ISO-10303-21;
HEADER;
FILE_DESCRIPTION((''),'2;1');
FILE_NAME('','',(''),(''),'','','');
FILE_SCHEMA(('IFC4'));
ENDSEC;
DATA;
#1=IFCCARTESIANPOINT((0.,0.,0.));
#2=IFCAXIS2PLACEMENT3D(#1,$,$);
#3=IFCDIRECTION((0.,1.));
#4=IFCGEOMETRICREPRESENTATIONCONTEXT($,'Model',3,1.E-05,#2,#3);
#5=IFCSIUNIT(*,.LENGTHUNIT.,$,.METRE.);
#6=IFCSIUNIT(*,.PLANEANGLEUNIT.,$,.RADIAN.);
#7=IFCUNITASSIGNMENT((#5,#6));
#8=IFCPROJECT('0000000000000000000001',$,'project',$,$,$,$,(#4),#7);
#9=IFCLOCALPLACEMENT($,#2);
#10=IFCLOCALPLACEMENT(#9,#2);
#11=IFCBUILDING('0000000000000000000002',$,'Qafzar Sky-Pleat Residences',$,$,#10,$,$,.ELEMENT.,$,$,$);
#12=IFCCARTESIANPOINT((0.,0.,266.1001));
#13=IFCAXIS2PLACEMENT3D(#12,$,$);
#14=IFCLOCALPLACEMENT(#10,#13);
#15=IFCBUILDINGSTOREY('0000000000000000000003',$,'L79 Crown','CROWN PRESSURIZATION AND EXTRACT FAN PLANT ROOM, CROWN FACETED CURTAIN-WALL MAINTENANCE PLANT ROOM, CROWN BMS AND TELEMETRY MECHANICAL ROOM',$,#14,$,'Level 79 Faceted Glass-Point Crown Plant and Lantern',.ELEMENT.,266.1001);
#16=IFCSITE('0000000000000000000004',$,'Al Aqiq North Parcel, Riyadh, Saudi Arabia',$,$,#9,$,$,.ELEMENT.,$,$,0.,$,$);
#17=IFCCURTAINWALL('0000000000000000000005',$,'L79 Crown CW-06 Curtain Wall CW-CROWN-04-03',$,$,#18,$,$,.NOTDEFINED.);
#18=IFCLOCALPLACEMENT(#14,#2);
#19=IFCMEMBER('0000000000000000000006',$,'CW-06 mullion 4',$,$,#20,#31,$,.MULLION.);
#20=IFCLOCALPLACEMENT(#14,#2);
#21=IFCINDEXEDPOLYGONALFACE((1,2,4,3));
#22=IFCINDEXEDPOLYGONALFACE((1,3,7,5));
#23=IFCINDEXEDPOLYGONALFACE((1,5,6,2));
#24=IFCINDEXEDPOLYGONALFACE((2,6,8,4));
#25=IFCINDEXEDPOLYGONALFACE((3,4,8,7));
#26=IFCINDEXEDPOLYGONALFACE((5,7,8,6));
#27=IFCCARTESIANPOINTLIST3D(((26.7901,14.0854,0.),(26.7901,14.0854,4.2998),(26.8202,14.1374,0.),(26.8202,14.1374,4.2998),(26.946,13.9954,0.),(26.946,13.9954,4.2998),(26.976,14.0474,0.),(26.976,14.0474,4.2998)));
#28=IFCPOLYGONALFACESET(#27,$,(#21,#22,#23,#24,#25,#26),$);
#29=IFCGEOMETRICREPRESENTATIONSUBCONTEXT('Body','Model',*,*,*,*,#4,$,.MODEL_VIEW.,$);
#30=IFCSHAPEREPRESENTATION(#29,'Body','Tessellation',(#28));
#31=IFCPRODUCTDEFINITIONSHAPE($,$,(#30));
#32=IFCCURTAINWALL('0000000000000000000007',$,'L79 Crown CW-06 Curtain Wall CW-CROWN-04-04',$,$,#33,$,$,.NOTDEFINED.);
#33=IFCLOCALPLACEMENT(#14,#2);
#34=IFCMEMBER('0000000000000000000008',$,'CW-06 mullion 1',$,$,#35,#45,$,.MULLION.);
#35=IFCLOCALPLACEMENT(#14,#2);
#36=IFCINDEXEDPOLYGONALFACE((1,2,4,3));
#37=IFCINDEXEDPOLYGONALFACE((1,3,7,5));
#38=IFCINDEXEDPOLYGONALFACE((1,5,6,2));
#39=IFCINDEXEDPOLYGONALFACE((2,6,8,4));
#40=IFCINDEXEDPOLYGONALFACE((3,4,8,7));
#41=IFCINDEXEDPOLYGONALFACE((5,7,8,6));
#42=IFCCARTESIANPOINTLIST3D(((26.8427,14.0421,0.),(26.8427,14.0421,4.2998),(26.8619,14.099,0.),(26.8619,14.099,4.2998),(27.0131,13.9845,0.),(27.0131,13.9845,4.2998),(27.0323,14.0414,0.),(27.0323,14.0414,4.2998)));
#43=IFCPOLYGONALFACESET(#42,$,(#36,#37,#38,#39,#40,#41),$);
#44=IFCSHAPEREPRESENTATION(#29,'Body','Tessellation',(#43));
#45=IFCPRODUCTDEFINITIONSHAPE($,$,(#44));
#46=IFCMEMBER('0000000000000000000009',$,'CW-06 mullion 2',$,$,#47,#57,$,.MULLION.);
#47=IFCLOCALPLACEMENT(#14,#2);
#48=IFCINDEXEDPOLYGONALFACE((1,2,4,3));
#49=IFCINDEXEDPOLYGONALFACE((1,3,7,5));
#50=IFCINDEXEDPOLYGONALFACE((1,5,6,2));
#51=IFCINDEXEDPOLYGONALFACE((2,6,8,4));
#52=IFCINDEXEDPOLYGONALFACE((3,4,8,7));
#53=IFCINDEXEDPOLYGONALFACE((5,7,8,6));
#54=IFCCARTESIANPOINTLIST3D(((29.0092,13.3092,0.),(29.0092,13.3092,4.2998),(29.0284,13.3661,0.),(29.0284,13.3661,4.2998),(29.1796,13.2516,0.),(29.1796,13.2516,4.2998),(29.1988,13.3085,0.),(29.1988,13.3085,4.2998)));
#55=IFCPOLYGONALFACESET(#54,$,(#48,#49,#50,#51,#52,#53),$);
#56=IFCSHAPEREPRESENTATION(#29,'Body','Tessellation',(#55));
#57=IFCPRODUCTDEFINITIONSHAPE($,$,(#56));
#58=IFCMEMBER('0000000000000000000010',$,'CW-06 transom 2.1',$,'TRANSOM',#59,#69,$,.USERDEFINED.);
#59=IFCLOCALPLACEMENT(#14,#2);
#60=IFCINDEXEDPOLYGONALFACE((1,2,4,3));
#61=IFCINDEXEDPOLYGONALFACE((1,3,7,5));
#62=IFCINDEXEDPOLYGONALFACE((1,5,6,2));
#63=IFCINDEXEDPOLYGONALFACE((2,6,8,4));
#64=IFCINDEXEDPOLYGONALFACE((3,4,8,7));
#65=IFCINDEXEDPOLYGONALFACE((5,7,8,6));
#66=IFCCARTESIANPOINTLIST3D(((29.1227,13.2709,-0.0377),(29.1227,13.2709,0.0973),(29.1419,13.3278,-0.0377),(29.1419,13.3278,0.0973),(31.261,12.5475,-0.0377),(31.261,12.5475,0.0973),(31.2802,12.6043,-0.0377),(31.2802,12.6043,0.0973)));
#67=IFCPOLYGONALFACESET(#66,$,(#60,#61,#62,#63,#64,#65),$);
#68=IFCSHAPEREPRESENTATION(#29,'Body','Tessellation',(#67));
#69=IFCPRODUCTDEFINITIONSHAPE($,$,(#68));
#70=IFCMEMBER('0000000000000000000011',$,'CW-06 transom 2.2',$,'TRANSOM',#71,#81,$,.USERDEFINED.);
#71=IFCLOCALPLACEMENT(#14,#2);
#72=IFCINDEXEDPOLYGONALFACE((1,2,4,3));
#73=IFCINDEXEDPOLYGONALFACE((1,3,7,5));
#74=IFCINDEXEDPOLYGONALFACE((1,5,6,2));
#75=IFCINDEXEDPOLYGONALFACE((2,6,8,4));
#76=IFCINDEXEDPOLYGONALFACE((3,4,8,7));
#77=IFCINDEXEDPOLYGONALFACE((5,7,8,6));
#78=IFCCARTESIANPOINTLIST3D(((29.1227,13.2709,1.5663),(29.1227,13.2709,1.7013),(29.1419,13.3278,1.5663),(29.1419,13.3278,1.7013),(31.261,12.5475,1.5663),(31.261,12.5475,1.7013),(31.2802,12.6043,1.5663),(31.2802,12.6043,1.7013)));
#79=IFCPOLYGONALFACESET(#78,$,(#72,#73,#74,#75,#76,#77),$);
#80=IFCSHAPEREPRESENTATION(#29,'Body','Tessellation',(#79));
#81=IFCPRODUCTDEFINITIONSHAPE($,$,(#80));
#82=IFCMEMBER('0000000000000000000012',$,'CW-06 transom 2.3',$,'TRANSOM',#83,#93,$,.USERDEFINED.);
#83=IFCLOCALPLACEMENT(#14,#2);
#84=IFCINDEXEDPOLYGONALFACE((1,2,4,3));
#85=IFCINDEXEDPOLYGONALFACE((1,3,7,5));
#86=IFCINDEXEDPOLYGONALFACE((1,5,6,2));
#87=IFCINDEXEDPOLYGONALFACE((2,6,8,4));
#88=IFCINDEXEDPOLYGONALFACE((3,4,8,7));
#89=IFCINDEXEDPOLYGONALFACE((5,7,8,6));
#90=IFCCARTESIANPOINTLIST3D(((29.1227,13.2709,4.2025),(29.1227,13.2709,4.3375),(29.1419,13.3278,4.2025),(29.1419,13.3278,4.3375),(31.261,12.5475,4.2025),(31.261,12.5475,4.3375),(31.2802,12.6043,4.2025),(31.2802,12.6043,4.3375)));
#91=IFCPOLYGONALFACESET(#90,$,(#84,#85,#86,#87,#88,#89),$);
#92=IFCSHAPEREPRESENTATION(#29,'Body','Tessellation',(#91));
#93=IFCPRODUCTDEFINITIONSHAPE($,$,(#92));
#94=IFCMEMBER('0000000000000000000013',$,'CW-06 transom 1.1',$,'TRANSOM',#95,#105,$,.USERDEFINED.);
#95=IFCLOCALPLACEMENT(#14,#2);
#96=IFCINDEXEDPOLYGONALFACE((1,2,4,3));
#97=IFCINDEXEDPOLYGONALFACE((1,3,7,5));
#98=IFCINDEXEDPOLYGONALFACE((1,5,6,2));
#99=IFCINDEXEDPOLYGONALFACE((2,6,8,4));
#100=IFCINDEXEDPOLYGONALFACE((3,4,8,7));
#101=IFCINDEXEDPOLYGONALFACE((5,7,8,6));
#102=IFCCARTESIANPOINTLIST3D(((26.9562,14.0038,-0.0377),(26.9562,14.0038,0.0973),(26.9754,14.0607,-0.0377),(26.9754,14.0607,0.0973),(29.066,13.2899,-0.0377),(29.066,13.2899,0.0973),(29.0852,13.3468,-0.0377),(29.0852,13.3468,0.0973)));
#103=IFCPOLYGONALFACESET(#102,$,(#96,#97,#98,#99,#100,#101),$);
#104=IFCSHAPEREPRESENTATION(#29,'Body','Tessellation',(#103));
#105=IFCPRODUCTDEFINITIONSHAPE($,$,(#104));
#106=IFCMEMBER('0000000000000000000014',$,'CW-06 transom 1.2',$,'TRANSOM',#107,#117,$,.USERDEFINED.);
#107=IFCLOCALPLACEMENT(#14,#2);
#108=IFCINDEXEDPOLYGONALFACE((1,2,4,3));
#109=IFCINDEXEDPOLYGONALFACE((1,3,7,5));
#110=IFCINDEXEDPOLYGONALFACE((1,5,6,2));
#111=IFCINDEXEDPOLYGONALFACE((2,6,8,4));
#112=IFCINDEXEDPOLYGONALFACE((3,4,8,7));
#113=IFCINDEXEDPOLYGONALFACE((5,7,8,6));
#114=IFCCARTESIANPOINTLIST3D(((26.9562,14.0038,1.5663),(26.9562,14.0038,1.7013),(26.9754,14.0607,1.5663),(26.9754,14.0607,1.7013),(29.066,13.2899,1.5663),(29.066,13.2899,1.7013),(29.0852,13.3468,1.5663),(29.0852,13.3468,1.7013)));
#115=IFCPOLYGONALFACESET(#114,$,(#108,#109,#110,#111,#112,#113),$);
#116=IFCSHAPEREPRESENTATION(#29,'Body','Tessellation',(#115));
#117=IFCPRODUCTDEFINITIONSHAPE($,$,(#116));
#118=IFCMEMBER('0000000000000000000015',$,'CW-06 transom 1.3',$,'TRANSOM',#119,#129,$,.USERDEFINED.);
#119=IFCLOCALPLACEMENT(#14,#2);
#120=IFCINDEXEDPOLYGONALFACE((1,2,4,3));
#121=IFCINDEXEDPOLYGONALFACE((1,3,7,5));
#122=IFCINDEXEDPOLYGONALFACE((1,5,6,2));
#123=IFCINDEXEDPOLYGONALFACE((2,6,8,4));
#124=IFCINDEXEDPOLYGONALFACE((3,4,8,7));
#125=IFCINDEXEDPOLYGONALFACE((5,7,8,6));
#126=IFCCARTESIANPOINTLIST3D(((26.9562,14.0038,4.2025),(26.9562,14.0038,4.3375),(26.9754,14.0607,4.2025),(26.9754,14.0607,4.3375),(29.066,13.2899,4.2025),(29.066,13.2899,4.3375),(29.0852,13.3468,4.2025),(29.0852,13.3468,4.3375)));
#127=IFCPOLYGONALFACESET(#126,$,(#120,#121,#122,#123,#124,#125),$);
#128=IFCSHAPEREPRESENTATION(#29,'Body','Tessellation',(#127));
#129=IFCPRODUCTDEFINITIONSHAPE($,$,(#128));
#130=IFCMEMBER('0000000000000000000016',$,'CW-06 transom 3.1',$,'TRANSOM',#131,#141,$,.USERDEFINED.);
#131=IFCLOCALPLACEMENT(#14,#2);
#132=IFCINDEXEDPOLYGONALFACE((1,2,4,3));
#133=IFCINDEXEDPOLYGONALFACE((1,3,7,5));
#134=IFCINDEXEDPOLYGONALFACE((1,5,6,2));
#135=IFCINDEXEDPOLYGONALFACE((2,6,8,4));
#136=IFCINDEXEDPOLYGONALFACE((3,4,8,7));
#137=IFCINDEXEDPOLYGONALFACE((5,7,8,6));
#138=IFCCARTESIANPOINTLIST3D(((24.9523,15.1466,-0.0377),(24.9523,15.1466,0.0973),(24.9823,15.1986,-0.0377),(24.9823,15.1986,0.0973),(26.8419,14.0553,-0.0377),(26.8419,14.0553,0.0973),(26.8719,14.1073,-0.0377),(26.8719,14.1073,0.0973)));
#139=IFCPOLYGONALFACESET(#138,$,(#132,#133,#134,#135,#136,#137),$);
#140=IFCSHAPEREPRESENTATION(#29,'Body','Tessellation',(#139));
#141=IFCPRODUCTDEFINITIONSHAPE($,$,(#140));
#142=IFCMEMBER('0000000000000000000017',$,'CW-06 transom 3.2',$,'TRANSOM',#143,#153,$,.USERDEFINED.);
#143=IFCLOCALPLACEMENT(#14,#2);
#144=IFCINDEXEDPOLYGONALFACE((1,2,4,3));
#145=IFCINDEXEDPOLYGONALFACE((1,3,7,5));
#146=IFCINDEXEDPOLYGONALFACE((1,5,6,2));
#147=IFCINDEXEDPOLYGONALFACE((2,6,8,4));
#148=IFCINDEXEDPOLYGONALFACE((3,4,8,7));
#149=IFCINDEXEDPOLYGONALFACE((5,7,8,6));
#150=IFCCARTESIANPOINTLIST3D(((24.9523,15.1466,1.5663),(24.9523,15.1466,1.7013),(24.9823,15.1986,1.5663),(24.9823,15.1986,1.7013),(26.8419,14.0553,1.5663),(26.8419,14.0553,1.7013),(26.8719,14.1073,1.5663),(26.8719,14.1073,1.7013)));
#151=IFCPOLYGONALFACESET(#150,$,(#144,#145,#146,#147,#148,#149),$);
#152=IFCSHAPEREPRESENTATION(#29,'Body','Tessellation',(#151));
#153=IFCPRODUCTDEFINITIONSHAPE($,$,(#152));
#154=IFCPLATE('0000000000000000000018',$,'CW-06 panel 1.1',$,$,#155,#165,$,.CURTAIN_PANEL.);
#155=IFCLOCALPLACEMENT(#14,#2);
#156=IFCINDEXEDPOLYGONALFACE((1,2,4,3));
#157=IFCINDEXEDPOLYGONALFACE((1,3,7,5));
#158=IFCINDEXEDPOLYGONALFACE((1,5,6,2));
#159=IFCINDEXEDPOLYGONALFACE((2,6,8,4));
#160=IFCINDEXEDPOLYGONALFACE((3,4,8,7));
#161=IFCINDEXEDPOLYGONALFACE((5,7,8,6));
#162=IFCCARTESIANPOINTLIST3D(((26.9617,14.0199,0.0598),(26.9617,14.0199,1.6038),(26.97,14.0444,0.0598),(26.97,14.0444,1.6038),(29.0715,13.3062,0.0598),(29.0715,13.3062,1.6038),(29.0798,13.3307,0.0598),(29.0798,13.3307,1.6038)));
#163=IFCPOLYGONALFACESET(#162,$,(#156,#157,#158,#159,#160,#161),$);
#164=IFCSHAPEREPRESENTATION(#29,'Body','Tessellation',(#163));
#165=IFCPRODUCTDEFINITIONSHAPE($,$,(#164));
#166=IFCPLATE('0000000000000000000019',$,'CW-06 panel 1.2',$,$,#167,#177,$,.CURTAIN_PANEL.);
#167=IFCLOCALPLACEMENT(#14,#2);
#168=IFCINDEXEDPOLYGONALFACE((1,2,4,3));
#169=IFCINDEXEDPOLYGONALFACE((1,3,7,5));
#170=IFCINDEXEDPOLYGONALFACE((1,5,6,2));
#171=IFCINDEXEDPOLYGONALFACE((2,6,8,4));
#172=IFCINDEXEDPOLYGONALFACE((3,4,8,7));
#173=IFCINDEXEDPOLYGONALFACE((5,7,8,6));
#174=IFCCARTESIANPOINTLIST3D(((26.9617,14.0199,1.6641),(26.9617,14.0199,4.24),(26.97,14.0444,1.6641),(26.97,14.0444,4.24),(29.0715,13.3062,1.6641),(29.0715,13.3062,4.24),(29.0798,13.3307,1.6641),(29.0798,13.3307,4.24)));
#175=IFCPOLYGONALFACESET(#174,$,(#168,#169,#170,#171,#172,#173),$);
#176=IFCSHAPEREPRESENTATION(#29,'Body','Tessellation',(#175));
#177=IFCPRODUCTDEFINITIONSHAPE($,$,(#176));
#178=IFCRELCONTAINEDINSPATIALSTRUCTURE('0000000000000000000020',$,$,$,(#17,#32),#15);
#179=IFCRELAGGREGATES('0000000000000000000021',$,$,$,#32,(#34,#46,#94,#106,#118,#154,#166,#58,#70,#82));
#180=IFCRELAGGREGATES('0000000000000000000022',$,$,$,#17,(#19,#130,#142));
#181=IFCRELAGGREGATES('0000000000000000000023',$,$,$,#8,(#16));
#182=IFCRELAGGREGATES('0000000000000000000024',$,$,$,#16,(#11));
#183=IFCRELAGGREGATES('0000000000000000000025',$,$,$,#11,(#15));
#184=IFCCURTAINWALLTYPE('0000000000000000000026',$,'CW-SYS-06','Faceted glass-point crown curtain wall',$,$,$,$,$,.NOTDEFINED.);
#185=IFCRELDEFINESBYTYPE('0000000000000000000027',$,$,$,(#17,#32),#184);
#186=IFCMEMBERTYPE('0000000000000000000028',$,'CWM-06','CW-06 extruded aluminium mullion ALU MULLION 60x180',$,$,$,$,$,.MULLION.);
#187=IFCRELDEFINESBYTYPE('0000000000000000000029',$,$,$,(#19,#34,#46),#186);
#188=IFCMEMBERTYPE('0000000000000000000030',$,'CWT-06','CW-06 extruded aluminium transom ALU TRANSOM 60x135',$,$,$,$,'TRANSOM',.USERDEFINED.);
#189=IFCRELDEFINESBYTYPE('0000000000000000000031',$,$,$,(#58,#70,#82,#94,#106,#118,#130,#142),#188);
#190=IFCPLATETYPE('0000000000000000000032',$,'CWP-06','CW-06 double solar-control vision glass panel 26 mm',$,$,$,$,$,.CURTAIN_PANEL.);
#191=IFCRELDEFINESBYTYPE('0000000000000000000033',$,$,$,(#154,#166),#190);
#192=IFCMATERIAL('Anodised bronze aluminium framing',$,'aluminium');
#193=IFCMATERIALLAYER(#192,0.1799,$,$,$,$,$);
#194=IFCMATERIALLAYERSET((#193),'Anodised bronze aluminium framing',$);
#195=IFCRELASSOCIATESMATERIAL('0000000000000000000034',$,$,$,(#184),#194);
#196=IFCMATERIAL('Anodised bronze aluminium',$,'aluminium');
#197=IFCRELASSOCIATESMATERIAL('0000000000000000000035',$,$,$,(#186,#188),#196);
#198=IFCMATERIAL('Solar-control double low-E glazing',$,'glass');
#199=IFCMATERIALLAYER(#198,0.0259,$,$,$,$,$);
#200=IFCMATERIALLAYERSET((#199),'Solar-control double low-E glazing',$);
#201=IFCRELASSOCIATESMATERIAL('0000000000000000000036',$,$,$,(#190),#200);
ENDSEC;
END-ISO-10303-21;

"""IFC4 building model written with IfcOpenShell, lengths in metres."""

from ifc_helpers import new_model, si_unit, direction, frame, origin, origin_2d, place, context, subcontext, project, spatial, rectangle, extrude, source, transform, mapped, material, layer, layer_set, material_profile, profile_set, type_object, element, aggregate, save


model = new_model("IFC4")

# Units and contexts
model_context = context("Model", 3, precision=1e-05, world=origin(), true_north=direction((0.0, 1.0)))
body_context = subcontext(model_context, "Body", "Model", "MODEL_VIEW")
ifc_project = project(units=[si_unit("LENGTHUNIT", "METRE"), si_unit("PLANEANGLEUNIT", "RADIAN")], contexts=[model_context])

# Site, building, storey
site_placement = place(None, origin())
site = spatial("IfcSite", under=ifc_project, at=site_placement, Name="Al Aqiq North Parcel, Riyadh, Saudi Arabia", CompositionType="ELEMENT", RefElevation=0.0)
building_placement = place(site_placement, origin())
building = spatial("IfcBuilding", under=site, at=building_placement, Name="Qafzar Sky-Pleat Residences", CompositionType="ELEMENT")
storey_placement = place(building_placement, frame((0.0, 0.0, 266.1001)))
storey = spatial("IfcBuildingStorey", under=building, at=storey_placement, Name="L79 Crown", Description="CROWN PRESSURIZATION AND EXTRACT FAN PLANT ROOM, CROWN FACETED CURTAIN-WALL MAINTENANCE PLANT ROOM, CROWN BMS AND TELEMETRY MECHANICAL ROOM", LongName="Level 79 Faceted Glass-Point Crown Plant and Lantern", CompositionType="ELEMENT", Elevation=266.1001)

# Curtain wall, member
ifc_material_1 = material(Name="Anodised bronze aluminium framing", Category="aluminium")
ifc_layer_1 = layer(ifc_material_1, 0.1799)
ifc_layer_set_1 = layer_set([ifc_layer_1], Name="Anodised bronze aluminium framing")
curtain_wall_type = type_object("IfcCurtainWallType", Name="CW-SYS-06", Description="Faceted glass-point crown curtain wall", PredefinedType="NOTDEFINED", material=ifc_layer_set_1)
curtain_wall_1_placement = place(storey_placement, origin())
curtain_wall_1 = element("IfcCurtainWall", 1, at=curtain_wall_1_placement, inside=storey, type_object=curtain_wall_type, Name="L79 Crown CW-06 Curtain Wall CW-CROWN-04-03", PredefinedType="NOTDEFINED")
ifc_material_2 = material(Name="Anodised bronze aluminium", Category="aluminium")
ifc_material_profile_1 = material_profile(ifc_material_2, rectangle(XDim=0.0601, YDim=0.1799, at=origin_2d()), Name="ALU MULLION 60x180")
ifc_profile_set_1 = profile_set([ifc_material_profile_1], Name="Anodised bronze aluminium")
member_type_1 = type_object("IfcMemberType", Name="CWM-06", Description="CW-06 extruded aluminium mullion ALU MULLION 60x180", PredefinedType="MULLION", material=ifc_profile_set_1)
shared_shape_1 = source(origin(), body_context, "Body", "SweptSolid", [
    extrude(rectangle(XDim=0.0601, YDim=0.1799, at=origin_2d()), origin(), (0.0, 0.0, 1.0), 4.2998),
])
member_1_placement = place(storey_placement, frame((26.8831, 14.0664, 0.0), z_axis=(0.0, 0.0, 1.0), x_axis=(0.500003, 0.866024, 0.0)))
member_1 = element("IfcMember", 2, at=member_1_placement, type_object=member_type_1, Name="CW-06 mullion 4", PredefinedType="MULLION", context=body_context, shape_type="MappedRepresentation", body=[
    mapped(shared_shape_1, transform((0.0, 0.0, 0.0), x_axis=(1.0, 0.0, 0.0), y_axis=(0.0, 1.0, 0.0), z_axis=(0.0, 0.0, 1.0), scale=1.0)),
])

# Curtain wall, members
curtain_wall_2_placement = place(storey_placement, origin())
curtain_wall_2 = element("IfcCurtainWall", 3, at=curtain_wall_2_placement, inside=storey, type_object=curtain_wall_type, Name="L79 Crown CW-06 Curtain Wall CW-CROWN-04-04", PredefinedType="NOTDEFINED")
member_2_placement = place(storey_placement, frame((26.9375, 14.0417, 0.0), z_axis=(0.0, 0.0, 1.0), x_axis=(0.320445, 0.947267, 0.0)))
member_2 = element("IfcMember", 4, at=member_2_placement, type_object=member_type_1, Name="CW-06 mullion 1", PredefinedType="MULLION", context=body_context, shape_type="MappedRepresentation", body=[
    mapped(shared_shape_1, transform((0.0, 0.0, 0.0), x_axis=(1.0, 0.0, 0.0), y_axis=(0.0, 1.0, 0.0), z_axis=(0.0, 0.0, 1.0), scale=1.0)),
])
member_3_placement = place(storey_placement, frame((29.104, 13.3088, 0.0), z_axis=(0.0, 0.0, 1.0), x_axis=(0.320445, 0.947267, 0.0)))
member_3 = element("IfcMember", 5, at=member_3_placement, type_object=member_type_1, Name="CW-06 mullion 2", PredefinedType="MULLION", context=body_context, shape_type="MappedRepresentation", body=[
    mapped(shared_shape_1, transform((0.0, 0.0, 0.0), x_axis=(1.0, 0.0, 0.0), y_axis=(0.0, 1.0, 0.0), z_axis=(0.0, 0.0, 1.0), scale=1.0)),
])
ifc_material_profile_2 = material_profile(ifc_material_2, rectangle(XDim=0.0601, YDim=0.135, at=origin_2d()), Name="ALU TRANSOM 60x135")
ifc_profile_set_2 = profile_set([ifc_material_profile_2], Name="Anodised bronze aluminium")
member_type_2 = type_object("IfcMemberType", Name="CWT-06", Description="CW-06 extruded aluminium transom ALU TRANSOM 60x135", ElementType="TRANSOM", PredefinedType="USERDEFINED", material=ifc_profile_set_2)
shared_shape_2 = source(origin(), body_context, "Body", "SweptSolid", [
    extrude(rectangle(XDim=0.0601, YDim=0.135, at=origin_2d()), origin(), (0.0, 0.0, 1.0), 2.2573),
])
member_4_placement = place(storey_placement, frame((29.1323, 13.2993, 0.0298), z_axis=(0.947257, -0.320475, 0.0), x_axis=(0.320475, 0.947257, 0.0)))
member_4 = element("IfcMember", 6, at=member_4_placement, type_object=member_type_2, Name="CW-06 transom 2.1", ObjectType="TRANSOM", PredefinedType="USERDEFINED", context=body_context, shape_type="MappedRepresentation", body=[
    mapped(shared_shape_2, transform((0.0, 0.0, 0.0), x_axis=(1.0, 0.0, 0.0), y_axis=(0.0, 1.0, 0.0), z_axis=(0.0, 0.0, 1.0), scale=1.0)),
])
member_5_placement = place(storey_placement, frame((29.1323, 13.2993, 1.6338), z_axis=(0.947257, -0.320475, 0.0), x_axis=(0.320475, 0.947257, 0.0)))
member_5 = element("IfcMember", 7, at=member_5_placement, type_object=member_type_2, Name="CW-06 transom 2.2", ObjectType="TRANSOM", PredefinedType="USERDEFINED", context=body_context, shape_type="MappedRepresentation", body=[
    mapped(shared_shape_2, transform((0.0, 0.0, 0.0), x_axis=(1.0, 0.0, 0.0), y_axis=(0.0, 1.0, 0.0), z_axis=(0.0, 0.0, 1.0), scale=1.0)),
])
member_6_placement = place(storey_placement, frame((29.1323, 13.2993, 4.27), z_axis=(0.947257, -0.320475, 0.0), x_axis=(0.320475, 0.947257, 0.0)))
member_6 = element("IfcMember", 8, at=member_6_placement, type_object=member_type_2, Name="CW-06 transom 2.3", ObjectType="TRANSOM", PredefinedType="USERDEFINED", context=body_context, shape_type="MappedRepresentation", body=[
    mapped(shared_shape_2, transform((0.0, 0.0, 0.0), x_axis=(1.0, 0.0, 0.0), y_axis=(0.0, 1.0, 0.0), z_axis=(0.0, 0.0, 1.0), scale=1.0)),
])
shared_shape_3 = source(origin(), body_context, "Body", "SweptSolid", [
    extrude(rectangle(XDim=0.0601, YDim=0.135, at=origin_2d()), origin(), (0.0, 0.0, 1.0), 2.2273),
])
member_7_placement = place(storey_placement, frame((26.9658, 14.0322, 0.0298), z_axis=(0.947249, -0.320499, 0.0), x_axis=(0.320499, 0.947249, 0.0)))
member_7 = element("IfcMember", 9, at=member_7_placement, type_object=member_type_2, Name="CW-06 transom 1.1", ObjectType="TRANSOM", PredefinedType="USERDEFINED", context=body_context, shape_type="MappedRepresentation", body=[
    mapped(shared_shape_3, transform((0.0, 0.0, 0.0), x_axis=(1.0, 0.0, 0.0), y_axis=(0.0, 1.0, 0.0), z_axis=(0.0, 0.0, 1.0), scale=1.0)),
])
member_8_placement = place(storey_placement, frame((26.9658, 14.0322, 1.6338), z_axis=(0.947249, -0.320499, 0.0), x_axis=(0.320499, 0.947249, 0.0)))
member_8 = element("IfcMember", 10, at=member_8_placement, type_object=member_type_2, Name="CW-06 transom 1.2", ObjectType="TRANSOM", PredefinedType="USERDEFINED", context=body_context, shape_type="MappedRepresentation", body=[
    mapped(shared_shape_3, transform((0.0, 0.0, 0.0), x_axis=(1.0, 0.0, 0.0), y_axis=(0.0, 1.0, 0.0), z_axis=(0.0, 0.0, 1.0), scale=1.0)),
])
member_9_placement = place(storey_placement, frame((26.9658, 14.0322, 4.27), z_axis=(0.947249, -0.320499, 0.0), x_axis=(0.320499, 0.947249, 0.0)))
member_9 = element("IfcMember", 11, at=member_9_placement, type_object=member_type_2, Name="CW-06 transom 1.3", ObjectType="TRANSOM", PredefinedType="USERDEFINED", context=body_context, shape_type="MappedRepresentation", body=[
    mapped(shared_shape_3, transform((0.0, 0.0, 0.0), x_axis=(1.0, 0.0, 0.0), y_axis=(0.0, 1.0, 0.0), z_axis=(0.0, 0.0, 1.0), scale=1.0)),
])

# Members
shared_shape_4 = source(origin(), body_context, "Body", "SweptSolid", [
    extrude(rectangle(XDim=0.0601, YDim=0.135, at=origin_2d()), origin(), (0.0, 0.0, 1.0), 2.1821),
])
member_10_placement = place(storey_placement, frame((24.9673, 15.1726, 0.0298), z_axis=(0.865962, -0.50011, 0.0), x_axis=(0.50011, 0.865962, 0.0)))
member_10 = element("IfcMember", 12, at=member_10_placement, type_object=member_type_2, Name="CW-06 transom 3.1", ObjectType="TRANSOM", PredefinedType="USERDEFINED", context=body_context, shape_type="MappedRepresentation", body=[
    mapped(shared_shape_4, transform((0.0, 0.0, 0.0), x_axis=(1.0, 0.0, 0.0), y_axis=(0.0, 1.0, 0.0), z_axis=(0.0, 0.0, 1.0), scale=1.0)),
])
member_11_placement = place(storey_placement, frame((24.9673, 15.1726, 1.6338), z_axis=(0.865962, -0.50011, 0.0), x_axis=(0.50011, 0.865962, 0.0)))
member_11 = element("IfcMember", 13, at=member_11_placement, type_object=member_type_2, Name="CW-06 transom 3.2", ObjectType="TRANSOM", PredefinedType="USERDEFINED", context=body_context, shape_type="MappedRepresentation", body=[
    mapped(shared_shape_4, transform((0.0, 0.0, 0.0), x_axis=(1.0, 0.0, 0.0), y_axis=(0.0, 1.0, 0.0), z_axis=(0.0, 0.0, 1.0), scale=1.0)),
])

# Plates
ifc_material_3 = material(Name="Solar-control double low-E glazing", Category="glass")
ifc_layer_2 = layer(ifc_material_3, 0.0259)
ifc_layer_set_2 = layer_set([ifc_layer_2], Name="Solar-control double low-E glazing")
plate_type = type_object("IfcPlateType", Name="CWP-06", Description="CW-06 double solar-control vision glass panel 26 mm", PredefinedType="CURTAIN_PANEL", material=ifc_layer_set_2)
shared_shape_5 = source(origin(), body_context, "Body", "SweptSolid", [
    extrude(rectangle(XDim=2.2273, YDim=0.0259, at=origin_2d()), origin(), (0.0, 0.0, 1.0), 1.5439),
])
plate_1_placement = place(storey_placement, frame((28.0208, 13.6753, 0.0598), z_axis=(0.0, 0.0, 1.0), x_axis=(0.947267, -0.320445, 0.0)))
plate_1 = element("IfcPlate", 14, at=plate_1_placement, type_object=plate_type, Name="CW-06 panel 1.1", PredefinedType="CURTAIN_PANEL", context=body_context, shape_type="MappedRepresentation", body=[
    mapped(shared_shape_5, transform((0.0, 0.0, 0.0), x_axis=(1.0, 0.0, 0.0), y_axis=(0.0, 1.0, 0.0), z_axis=(0.0, 0.0, 1.0), scale=1.0)),
])
shared_shape_6 = source(origin(), body_context, "Body", "SweptSolid", [
    extrude(rectangle(XDim=2.2273, YDim=0.0259, at=origin_2d()), origin(), (0.0, 0.0, 1.0), 2.5759),
])
plate_2_placement = place(storey_placement, frame((28.0208, 13.6753, 1.6641), z_axis=(0.0, 0.0, 1.0), x_axis=(0.947267, -0.320445, 0.0)))
plate_2 = element("IfcPlate", 15, at=plate_2_placement, type_object=plate_type, Name="CW-06 panel 1.2", PredefinedType="CURTAIN_PANEL", context=body_context, shape_type="MappedRepresentation", body=[
    mapped(shared_shape_6, transform((0.0, 0.0, 0.0), x_axis=(1.0, 0.0, 0.0), y_axis=(0.0, 1.0, 0.0), z_axis=(0.0, 0.0, 1.0), scale=1.0)),
])
aggregate(curtain_wall_2, [member_2, member_3, member_7, member_8, member_9, plate_1, plate_2, member_4, member_5, member_6])
aggregate(curtain_wall_1, [member_1, member_10, member_11])

save(model, "model.ifc")
